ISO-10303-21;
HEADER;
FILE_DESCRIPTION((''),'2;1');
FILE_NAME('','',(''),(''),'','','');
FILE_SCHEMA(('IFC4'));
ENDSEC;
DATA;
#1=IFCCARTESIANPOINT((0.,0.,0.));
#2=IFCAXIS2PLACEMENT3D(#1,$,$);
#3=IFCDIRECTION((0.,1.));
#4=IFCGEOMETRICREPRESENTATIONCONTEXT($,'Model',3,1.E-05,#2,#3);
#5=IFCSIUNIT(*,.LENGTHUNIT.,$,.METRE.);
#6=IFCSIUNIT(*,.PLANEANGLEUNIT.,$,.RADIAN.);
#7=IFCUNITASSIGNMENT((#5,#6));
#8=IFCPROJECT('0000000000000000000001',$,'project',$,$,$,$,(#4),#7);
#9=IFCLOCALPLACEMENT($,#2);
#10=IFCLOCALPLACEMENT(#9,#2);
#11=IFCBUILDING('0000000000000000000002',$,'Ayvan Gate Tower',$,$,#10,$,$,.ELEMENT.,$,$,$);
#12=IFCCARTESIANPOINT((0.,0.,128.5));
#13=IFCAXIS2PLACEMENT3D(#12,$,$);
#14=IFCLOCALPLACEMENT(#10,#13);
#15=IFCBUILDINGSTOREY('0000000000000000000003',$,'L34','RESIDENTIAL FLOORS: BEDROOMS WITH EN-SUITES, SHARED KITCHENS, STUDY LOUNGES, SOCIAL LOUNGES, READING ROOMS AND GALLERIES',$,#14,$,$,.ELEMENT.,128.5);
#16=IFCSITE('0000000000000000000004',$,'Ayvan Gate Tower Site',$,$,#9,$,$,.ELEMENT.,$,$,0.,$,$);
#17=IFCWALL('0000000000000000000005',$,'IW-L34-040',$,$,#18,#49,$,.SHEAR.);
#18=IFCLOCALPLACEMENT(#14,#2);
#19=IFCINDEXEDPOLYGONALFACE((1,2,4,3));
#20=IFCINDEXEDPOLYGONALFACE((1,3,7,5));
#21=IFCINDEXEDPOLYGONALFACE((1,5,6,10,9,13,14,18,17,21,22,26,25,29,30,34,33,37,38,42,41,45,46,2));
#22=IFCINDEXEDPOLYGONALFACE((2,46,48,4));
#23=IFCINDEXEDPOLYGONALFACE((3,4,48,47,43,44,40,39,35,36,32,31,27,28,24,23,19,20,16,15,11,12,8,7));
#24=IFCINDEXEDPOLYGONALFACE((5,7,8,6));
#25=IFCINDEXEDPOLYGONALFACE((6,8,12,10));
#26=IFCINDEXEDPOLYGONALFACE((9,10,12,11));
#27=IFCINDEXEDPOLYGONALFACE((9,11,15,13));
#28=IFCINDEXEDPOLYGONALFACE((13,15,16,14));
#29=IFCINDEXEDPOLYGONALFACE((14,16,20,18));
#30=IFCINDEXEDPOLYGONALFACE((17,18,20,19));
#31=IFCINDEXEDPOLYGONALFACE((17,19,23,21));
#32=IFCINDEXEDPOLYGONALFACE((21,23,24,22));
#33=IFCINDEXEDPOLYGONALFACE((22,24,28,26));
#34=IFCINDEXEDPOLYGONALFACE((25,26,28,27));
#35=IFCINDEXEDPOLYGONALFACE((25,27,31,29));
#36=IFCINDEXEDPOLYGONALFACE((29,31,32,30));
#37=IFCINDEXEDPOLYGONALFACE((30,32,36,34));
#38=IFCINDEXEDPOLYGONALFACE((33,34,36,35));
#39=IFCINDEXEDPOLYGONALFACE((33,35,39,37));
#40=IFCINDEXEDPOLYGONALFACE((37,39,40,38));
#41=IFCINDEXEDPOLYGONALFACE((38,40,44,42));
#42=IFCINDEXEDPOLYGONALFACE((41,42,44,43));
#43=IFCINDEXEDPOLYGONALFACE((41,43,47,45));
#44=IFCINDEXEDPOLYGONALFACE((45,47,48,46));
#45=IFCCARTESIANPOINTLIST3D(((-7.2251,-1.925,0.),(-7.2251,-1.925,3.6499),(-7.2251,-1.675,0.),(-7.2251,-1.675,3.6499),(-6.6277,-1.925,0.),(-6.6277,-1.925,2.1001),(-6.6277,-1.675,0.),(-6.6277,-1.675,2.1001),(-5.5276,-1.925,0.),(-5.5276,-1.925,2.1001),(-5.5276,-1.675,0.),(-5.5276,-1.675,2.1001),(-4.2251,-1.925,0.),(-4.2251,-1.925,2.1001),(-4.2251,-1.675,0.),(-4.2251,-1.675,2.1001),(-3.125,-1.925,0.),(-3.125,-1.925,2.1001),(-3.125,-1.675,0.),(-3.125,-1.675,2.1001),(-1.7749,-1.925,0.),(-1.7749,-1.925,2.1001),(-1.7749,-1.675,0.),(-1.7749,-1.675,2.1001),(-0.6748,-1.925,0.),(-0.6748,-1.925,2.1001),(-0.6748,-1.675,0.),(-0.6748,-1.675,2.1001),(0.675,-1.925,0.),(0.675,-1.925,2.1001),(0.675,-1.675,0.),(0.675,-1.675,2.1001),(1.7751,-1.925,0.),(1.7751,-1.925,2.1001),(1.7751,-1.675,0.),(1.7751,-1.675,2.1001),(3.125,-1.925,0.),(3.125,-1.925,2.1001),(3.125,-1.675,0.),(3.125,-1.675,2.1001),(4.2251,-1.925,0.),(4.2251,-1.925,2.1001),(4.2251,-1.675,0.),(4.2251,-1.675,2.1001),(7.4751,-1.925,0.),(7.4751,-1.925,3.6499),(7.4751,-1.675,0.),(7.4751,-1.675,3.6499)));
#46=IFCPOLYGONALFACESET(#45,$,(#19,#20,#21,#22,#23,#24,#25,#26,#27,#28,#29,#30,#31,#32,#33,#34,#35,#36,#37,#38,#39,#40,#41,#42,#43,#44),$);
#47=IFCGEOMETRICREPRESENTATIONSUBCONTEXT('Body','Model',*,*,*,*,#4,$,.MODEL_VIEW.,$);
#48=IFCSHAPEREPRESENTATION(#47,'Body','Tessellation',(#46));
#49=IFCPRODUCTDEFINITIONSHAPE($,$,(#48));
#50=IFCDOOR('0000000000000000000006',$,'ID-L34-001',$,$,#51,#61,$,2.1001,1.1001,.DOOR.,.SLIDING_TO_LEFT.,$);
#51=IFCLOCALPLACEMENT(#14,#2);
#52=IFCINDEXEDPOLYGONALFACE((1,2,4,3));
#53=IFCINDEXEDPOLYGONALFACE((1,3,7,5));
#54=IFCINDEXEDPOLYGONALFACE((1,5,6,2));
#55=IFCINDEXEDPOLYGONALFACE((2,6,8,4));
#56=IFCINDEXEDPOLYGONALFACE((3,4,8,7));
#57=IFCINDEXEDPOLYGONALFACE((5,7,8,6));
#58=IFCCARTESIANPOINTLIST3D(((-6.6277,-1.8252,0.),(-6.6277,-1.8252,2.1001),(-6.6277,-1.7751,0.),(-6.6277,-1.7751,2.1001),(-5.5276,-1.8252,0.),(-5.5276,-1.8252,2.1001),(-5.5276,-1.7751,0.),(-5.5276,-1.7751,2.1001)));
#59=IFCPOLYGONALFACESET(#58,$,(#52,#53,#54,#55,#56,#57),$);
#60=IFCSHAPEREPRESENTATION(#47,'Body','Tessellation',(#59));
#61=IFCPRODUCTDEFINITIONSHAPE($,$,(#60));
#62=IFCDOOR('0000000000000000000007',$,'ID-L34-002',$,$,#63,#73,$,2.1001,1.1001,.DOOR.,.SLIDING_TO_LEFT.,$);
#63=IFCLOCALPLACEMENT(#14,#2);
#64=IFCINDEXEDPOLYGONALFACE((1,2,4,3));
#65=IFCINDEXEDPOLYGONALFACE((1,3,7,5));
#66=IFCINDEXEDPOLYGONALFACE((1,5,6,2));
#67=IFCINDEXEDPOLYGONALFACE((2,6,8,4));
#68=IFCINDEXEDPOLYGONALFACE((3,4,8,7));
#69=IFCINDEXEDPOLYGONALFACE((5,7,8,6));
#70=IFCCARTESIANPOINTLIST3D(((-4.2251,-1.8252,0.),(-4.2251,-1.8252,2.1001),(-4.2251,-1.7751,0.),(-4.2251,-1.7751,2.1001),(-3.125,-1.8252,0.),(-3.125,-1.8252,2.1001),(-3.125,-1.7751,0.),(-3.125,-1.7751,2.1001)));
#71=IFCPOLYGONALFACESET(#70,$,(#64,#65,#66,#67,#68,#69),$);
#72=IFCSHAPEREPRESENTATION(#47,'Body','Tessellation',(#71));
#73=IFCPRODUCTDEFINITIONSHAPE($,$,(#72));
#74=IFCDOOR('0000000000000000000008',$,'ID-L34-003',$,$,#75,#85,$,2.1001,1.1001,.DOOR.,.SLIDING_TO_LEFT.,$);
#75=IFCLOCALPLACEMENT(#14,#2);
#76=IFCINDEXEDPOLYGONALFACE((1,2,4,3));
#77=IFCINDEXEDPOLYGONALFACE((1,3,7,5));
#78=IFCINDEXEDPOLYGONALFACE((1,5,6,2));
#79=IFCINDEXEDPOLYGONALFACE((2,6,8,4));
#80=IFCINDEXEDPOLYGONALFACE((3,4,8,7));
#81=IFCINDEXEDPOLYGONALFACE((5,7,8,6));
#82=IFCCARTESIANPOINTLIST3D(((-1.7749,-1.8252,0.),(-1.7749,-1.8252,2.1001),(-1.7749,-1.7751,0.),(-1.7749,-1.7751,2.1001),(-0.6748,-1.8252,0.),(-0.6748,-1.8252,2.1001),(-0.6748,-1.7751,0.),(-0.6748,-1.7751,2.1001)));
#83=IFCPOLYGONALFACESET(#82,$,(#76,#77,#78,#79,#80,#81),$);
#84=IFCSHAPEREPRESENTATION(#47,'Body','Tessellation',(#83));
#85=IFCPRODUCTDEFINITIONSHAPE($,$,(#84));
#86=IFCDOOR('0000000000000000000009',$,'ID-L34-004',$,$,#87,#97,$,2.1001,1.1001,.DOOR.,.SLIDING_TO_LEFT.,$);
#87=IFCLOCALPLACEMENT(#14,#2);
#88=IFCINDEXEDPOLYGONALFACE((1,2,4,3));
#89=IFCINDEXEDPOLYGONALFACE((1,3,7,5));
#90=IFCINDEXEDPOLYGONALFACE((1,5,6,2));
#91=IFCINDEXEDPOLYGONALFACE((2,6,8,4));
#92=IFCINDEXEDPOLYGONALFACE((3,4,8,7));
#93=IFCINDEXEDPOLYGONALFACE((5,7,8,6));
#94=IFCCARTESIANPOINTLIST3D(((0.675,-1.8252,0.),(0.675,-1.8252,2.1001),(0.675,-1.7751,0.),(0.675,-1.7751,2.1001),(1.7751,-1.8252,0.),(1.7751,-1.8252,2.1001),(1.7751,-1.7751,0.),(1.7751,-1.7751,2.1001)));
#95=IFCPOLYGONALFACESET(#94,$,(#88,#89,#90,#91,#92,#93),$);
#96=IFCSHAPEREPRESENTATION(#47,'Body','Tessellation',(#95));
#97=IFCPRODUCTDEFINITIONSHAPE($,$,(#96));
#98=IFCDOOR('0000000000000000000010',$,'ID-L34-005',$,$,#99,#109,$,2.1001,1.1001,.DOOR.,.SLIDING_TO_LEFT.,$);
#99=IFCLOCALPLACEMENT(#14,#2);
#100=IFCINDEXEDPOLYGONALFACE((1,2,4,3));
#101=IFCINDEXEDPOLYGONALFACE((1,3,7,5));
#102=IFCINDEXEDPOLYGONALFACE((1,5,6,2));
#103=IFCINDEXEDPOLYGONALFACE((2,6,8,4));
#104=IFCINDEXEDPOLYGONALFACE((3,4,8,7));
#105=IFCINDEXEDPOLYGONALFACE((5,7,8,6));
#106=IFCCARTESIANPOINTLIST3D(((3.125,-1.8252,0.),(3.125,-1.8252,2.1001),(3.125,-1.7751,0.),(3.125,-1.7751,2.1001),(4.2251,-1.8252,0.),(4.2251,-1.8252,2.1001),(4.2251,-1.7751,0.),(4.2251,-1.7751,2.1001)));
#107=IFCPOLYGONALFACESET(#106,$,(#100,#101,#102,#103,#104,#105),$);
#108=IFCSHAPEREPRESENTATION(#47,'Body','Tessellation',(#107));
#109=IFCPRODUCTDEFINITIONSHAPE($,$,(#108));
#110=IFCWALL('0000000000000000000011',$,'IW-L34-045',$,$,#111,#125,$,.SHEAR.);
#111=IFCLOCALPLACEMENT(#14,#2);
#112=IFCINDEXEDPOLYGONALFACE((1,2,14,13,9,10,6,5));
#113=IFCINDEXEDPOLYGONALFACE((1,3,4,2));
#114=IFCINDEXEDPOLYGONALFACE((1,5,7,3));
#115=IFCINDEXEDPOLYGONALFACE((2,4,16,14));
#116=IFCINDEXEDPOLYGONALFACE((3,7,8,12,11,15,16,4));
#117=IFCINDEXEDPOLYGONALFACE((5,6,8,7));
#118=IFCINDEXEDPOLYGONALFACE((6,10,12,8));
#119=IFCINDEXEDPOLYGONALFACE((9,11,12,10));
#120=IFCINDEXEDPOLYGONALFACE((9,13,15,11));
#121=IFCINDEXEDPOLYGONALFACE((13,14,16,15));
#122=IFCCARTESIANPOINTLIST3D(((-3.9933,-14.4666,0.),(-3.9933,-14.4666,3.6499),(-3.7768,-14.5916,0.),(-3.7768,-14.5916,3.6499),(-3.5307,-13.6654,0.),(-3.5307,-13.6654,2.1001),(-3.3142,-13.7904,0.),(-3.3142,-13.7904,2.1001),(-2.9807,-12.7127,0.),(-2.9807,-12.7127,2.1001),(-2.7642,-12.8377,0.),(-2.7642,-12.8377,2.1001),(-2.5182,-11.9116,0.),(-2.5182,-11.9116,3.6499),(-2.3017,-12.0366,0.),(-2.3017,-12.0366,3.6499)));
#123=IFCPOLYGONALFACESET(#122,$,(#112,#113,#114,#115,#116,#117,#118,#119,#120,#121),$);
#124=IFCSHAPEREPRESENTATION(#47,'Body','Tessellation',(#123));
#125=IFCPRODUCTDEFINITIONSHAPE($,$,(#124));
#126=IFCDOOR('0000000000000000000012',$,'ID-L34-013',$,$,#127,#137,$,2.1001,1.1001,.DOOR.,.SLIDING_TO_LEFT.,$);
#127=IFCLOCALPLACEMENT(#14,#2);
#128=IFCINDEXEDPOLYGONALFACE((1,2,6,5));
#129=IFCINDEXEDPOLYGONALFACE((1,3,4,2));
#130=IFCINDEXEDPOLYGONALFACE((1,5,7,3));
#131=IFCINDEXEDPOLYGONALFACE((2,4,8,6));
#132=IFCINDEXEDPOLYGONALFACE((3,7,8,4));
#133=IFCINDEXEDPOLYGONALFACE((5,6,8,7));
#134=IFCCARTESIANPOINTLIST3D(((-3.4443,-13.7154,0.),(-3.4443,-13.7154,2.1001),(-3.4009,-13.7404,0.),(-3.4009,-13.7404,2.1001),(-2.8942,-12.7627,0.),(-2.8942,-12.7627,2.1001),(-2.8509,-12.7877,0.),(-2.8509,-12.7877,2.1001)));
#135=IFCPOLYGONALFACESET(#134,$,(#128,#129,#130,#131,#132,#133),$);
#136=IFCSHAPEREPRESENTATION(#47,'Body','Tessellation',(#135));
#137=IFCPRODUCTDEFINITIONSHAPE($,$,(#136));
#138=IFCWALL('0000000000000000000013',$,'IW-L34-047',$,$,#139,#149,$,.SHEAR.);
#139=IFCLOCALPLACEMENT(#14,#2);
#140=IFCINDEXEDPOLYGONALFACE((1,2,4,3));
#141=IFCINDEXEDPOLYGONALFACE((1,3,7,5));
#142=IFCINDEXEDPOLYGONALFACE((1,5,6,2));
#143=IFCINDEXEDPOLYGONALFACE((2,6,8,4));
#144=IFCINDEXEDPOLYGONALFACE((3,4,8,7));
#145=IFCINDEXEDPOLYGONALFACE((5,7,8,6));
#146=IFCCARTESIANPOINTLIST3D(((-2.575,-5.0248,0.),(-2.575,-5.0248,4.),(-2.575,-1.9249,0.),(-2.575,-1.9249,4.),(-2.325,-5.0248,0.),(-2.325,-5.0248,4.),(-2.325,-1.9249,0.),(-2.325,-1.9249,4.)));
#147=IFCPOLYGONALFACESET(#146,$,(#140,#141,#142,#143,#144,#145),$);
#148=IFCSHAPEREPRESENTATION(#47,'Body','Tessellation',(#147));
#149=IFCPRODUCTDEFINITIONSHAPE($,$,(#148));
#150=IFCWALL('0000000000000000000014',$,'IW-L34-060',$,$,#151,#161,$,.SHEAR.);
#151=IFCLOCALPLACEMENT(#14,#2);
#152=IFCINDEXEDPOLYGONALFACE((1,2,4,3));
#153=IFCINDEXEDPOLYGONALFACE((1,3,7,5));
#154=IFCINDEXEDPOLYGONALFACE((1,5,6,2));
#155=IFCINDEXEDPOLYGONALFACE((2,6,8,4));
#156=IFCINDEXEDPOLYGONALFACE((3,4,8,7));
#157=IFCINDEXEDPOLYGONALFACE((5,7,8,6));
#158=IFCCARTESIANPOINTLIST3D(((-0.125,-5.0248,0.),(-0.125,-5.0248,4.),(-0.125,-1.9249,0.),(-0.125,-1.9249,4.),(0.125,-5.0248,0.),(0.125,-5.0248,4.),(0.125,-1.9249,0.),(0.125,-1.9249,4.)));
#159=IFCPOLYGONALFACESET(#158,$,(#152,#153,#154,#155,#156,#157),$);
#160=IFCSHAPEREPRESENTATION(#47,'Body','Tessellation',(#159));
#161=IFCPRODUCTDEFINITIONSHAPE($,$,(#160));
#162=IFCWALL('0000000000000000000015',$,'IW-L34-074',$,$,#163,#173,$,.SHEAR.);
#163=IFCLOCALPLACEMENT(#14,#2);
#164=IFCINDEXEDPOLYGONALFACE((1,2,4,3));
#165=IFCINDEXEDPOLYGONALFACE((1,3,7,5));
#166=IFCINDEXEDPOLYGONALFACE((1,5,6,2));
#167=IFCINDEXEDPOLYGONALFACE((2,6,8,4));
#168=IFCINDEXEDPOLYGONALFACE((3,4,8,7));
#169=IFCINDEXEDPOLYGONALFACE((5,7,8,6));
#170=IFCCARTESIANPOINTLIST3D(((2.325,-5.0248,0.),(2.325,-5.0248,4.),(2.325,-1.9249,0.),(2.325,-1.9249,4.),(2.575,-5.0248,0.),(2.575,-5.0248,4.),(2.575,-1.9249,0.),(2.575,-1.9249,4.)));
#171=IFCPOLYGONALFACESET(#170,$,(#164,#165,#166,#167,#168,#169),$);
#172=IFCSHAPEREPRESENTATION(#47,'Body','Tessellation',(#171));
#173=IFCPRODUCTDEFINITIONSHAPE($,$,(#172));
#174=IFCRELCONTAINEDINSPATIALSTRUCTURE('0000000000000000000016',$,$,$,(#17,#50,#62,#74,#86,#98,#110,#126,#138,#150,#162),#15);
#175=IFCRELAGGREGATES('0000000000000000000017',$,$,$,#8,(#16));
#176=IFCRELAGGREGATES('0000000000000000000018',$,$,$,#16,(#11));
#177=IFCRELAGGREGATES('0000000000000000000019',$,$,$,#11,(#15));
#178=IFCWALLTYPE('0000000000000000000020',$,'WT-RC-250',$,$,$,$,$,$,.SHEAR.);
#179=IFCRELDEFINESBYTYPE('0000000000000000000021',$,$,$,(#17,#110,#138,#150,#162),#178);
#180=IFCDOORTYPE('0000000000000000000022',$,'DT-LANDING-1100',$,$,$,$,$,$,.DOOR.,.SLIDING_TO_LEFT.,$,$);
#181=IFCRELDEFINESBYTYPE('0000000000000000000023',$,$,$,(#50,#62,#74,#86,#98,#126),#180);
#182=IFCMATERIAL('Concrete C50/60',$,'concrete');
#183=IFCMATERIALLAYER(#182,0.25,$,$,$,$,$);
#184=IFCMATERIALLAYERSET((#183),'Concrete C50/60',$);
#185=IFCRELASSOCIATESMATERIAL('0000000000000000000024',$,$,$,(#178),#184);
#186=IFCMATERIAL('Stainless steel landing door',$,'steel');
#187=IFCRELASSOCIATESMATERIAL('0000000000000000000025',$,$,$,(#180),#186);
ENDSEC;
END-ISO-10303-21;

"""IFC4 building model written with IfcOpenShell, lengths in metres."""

from ifc_helpers import new_model, si_unit, direction, frame, frame_2d, origin, place, context, subcontext, project, spatial, rectangle, extrude, material, layer, layer_set, type_object, element, fill, save


model = new_model("IFC4")

# Units and contexts
model_context = context("Model", 3, precision=1e-05, world=origin(), true_north=direction((0.0, 1.0)))
body_context = subcontext(model_context, "Body", "Model", "MODEL_VIEW")
ifc_project = project(units=[si_unit("LENGTHUNIT", "METRE"), si_unit("PLANEANGLEUNIT", "RADIAN")], contexts=[model_context])

# Site, building, storey
site_placement = place(None, origin())
site = spatial("IfcSite", under=ifc_project, at=site_placement, Name="Ayvan Gate Tower Site", CompositionType="ELEMENT", RefElevation=0.0)
building_placement = place(site_placement, origin())
building = spatial("IfcBuilding", under=site, at=building_placement, Name="Ayvan Gate Tower", CompositionType="ELEMENT")
storey_placement = place(building_placement, frame((0.0, 0.0, 128.5)))
storey = spatial("IfcBuildingStorey", under=building, at=storey_placement, Name="L34", Description="RESIDENTIAL FLOORS: BEDROOMS WITH EN-SUITES, SHARED KITCHENS, STUDY LOUNGES, SOCIAL LOUNGES, READING ROOMS AND GALLERIES", CompositionType="ELEMENT", Elevation=128.5)

# Shared definitions
ifc_material_1 = material(Name="Concrete C50/60", Category="concrete")
ifc_layer_1 = layer(ifc_material_1, 0.25)
ifc_layer_set_1 = layer_set([ifc_layer_1], Name="Concrete C50/60")
wall_type_1 = type_object("IfcWallType", Name="WT-RC-250", PredefinedType="SHEAR", material=ifc_layer_set_1)

# Wall, openings, doors
wall_1_placement = place(storey_placement, frame((-7.2251, -1.8, 0.0), z_axis=(0.0, 0.0, 1.0), x_axis=(1.0, 0.0, 0.0)))
wall_1 = element("IfcWall", 1, at=wall_1_placement, inside=storey, type_object=wall_type_1, Name="IW-L34-040", PredefinedType="SHEAR", context=body_context, shape_type="SweptSolid", body=[
    extrude(rectangle(XDim=14.7002, YDim=0.25, at=frame_2d((7.3501, 0.0))), origin(), (0.0, 0.0, 1.0), 3.6499),
])
opening_1_placement = place(wall_1_placement, frame((0.5974, 0.0, 0.0)))
opening_1 = element("IfcOpeningElement", 2, at=opening_1_placement, cuts=wall_1, PredefinedType="OPENING", context=body_context, shape_type="SweptSolid", body=[
    extrude(rectangle(XDim=1.1001, YDim=2.1001, at=frame_2d((0.55, 1.05))), frame((0.0, 0.135, 0.0), z_axis=(0.0, -1.0, 0.0), x_axis=(1.0, 0.0, 0.0)), (0.0, 0.0, 1.0), 0.27),
])
opening_2_placement = place(wall_1_placement, frame((3.0, 0.0, 0.0)))
opening_2 = element("IfcOpeningElement", 3, at=opening_2_placement, cuts=wall_1, PredefinedType="OPENING", context=body_context, shape_type="SweptSolid", body=[
    extrude(rectangle(XDim=1.1001, YDim=2.1001, at=frame_2d((0.55, 1.05))), frame((0.0, 0.135, 0.0), z_axis=(0.0, -1.0, 0.0), x_axis=(1.0, 0.0, 0.0)), (0.0, 0.0, 1.0), 0.27),
])
opening_3_placement = place(wall_1_placement, frame((5.4502, 0.0, 0.0)))
opening_3 = element("IfcOpeningElement", 4, at=opening_3_placement, cuts=wall_1, PredefinedType="OPENING", context=body_context, shape_type="SweptSolid", body=[
    extrude(rectangle(XDim=1.1001, YDim=2.1001, at=frame_2d((0.55, 1.05))), frame((0.0, 0.135, 0.0), z_axis=(0.0, -1.0, 0.0), x_axis=(1.0, 0.0, 0.0)), (0.0, 0.0, 1.0), 0.27),
])
opening_4_placement = place(wall_1_placement, frame((7.9001, 0.0, 0.0)))
opening_4 = element("IfcOpeningElement", 5, at=opening_4_placement, cuts=wall_1, PredefinedType="OPENING", context=body_context, shape_type="SweptSolid", body=[
    extrude(rectangle(XDim=1.1001, YDim=2.1001, at=frame_2d((0.55, 1.05))), frame((0.0, 0.135, 0.0), z_axis=(0.0, -1.0, 0.0), x_axis=(1.0, 0.0, 0.0)), (0.0, 0.0, 1.0), 0.27),
])
opening_5_placement = place(wall_1_placement, frame((10.3501, 0.0, 0.0)))
opening_5 = element("IfcOpeningElement", 6, at=opening_5_placement, cuts=wall_1, PredefinedType="OPENING", context=body_context, shape_type="SweptSolid", body=[
    extrude(rectangle(XDim=1.1001, YDim=2.1001, at=frame_2d((0.55, 1.05))), frame((0.0, 0.135, 0.0), z_axis=(0.0, -1.0, 0.0), x_axis=(1.0, 0.0, 0.0)), (0.0, 0.0, 1.0), 0.27),
])
ifc_material_2 = material(Name="Stainless steel landing door", Category="steel")
door_type_1 = type_object("IfcDoorType", Name="DT-LANDING-1100", OperationType="SLIDING_TO_LEFT", PredefinedType="DOOR", material=ifc_material_2)
door_1_placement = place(opening_1_placement, origin())
door_1 = element("IfcDoor", 7, at=door_1_placement, inside=storey, type_object=door_type_1, Name="ID-L34-001", OperationType="SLIDING_TO_LEFT", OverallHeight=2.1001, OverallWidth=1.1001, PredefinedType="DOOR", context=body_context, shape_type="SweptSolid", body=[
    extrude(rectangle(XDim=1.1001, YDim=2.1001, at=frame_2d((0.55, 1.05))), frame((0.0, 0.0249, 0.0), z_axis=(0.0, -1.0, 0.0), x_axis=(1.0, 0.0, 0.0)), (0.0, 0.0, 1.0), 0.05),
])
fill(opening_1, door_1)
door_2_placement = place(opening_2_placement, origin())
door_2 = element("IfcDoor", 8, at=door_2_placement, inside=storey, type_object=door_type_1, Name="ID-L34-002", OperationType="SLIDING_TO_LEFT", OverallHeight=2.1001, OverallWidth=1.1001, PredefinedType="DOOR", context=body_context, shape_type="SweptSolid", body=[
    extrude(rectangle(XDim=1.1001, YDim=2.1001, at=frame_2d((0.55, 1.05))), frame((0.0, 0.0249, 0.0), z_axis=(0.0, -1.0, 0.0), x_axis=(1.0, 0.0, 0.0)), (0.0, 0.0, 1.0), 0.05),
])
fill(opening_2, door_2)
door_3_placement = place(opening_3_placement, origin())
door_3 = element("IfcDoor", 9, at=door_3_placement, inside=storey, type_object=door_type_1, Name="ID-L34-003", OperationType="SLIDING_TO_LEFT", OverallHeight=2.1001, OverallWidth=1.1001, PredefinedType="DOOR", context=body_context, shape_type="SweptSolid", body=[
    extrude(rectangle(XDim=1.1001, YDim=2.1001, at=frame_2d((0.55, 1.05))), frame((0.0, 0.0249, 0.0), z_axis=(0.0, -1.0, 0.0), x_axis=(1.0, 0.0, 0.0)), (0.0, 0.0, 1.0), 0.05),
])
fill(opening_3, door_3)
door_4_placement = place(opening_4_placement, origin())
door_4 = element("IfcDoor", 10, at=door_4_placement, inside=storey, type_object=door_type_1, Name="ID-L34-004", OperationType="SLIDING_TO_LEFT", OverallHeight=2.1001, OverallWidth=1.1001, PredefinedType="DOOR", context=body_context, shape_type="SweptSolid", body=[
    extrude(rectangle(XDim=1.1001, YDim=2.1001, at=frame_2d((0.55, 1.05))), frame((0.0, 0.0249, 0.0), z_axis=(0.0, -1.0, 0.0), x_axis=(1.0, 0.0, 0.0)), (0.0, 0.0, 1.0), 0.05),
])
fill(opening_4, door_4)
door_5_placement = place(opening_5_placement, origin())
door_5 = element("IfcDoor", 11, at=door_5_placement, inside=storey, type_object=door_type_1, Name="ID-L34-005", OperationType="SLIDING_TO_LEFT", OverallHeight=2.1001, OverallWidth=1.1001, PredefinedType="DOOR", context=body_context, shape_type="SweptSolid", body=[
    extrude(rectangle(XDim=1.1001, YDim=2.1001, at=frame_2d((0.55, 1.05))), frame((0.0, 0.0249, 0.0), z_axis=(0.0, -1.0, 0.0), x_axis=(1.0, 0.0, 0.0)), (0.0, 0.0, 1.0), 0.05),
])
fill(opening_5, door_5)

# Wall, opening, door
wall_2_placement = place(storey_placement, frame((-2.4099, -11.9741, 0.0), z_axis=(0.0, 0.0, 1.0), x_axis=(-0.500002, -0.866024, 0.0)))
wall_2 = element("IfcWall", 12, at=wall_2_placement, inside=storey, type_object=wall_type_1, Name="IW-L34-045", PredefinedType="SHEAR", context=body_context, shape_type="SweptSolid", body=[
    extrude(rectangle(XDim=2.9502, YDim=0.25, at=frame_2d((1.4751, 0.0))), origin(), (0.0, 0.0, 1.0), 3.6499),
])
opening_6_placement = place(wall_2_placement, frame((0.925, 0.0, 0.0)))
opening_6 = element("IfcOpeningElement", 13, at=opening_6_placement, cuts=wall_2, PredefinedType="OPENING", context=body_context, shape_type="SweptSolid", body=[
    extrude(rectangle(XDim=1.1001, YDim=2.1001, at=frame_2d((0.55, 1.05))), frame((0.0, 0.135, 0.0), z_axis=(0.0, -1.0, 0.0), x_axis=(1.0, 0.0, 0.0)), (0.0, 0.0, 1.0), 0.27),
])
door_6_placement = place(opening_6_placement, origin())
door_6 = element("IfcDoor", 14, at=door_6_placement, inside=storey, type_object=door_type_1, Name="ID-L34-013", OperationType="SLIDING_TO_LEFT", OverallHeight=2.1001, OverallWidth=1.1001, PredefinedType="DOOR", context=body_context, shape_type="SweptSolid", body=[
    extrude(rectangle(XDim=1.1001, YDim=2.1001, at=frame_2d((0.55, 1.05))), frame((0.0, 0.0249, 0.0), z_axis=(0.0, -1.0, 0.0), x_axis=(1.0, 0.0, 0.0)), (0.0, 0.0, 1.0), 0.05),
])
fill(opening_6, door_6)

# Walls
for number, where, z_axis, x_axis, name in (
    (15, (-2.45, -1.925, 0.0), (0.0, 0.0, 1.0), (0.0, -1.0, 0.0), "IW-L34-047"),
    (16, (0.0, -1.925, 0.0), (0.0, 0.0, 1.0), (0.0, -1.0, 0.0), "IW-L34-060"),
    (17, (2.45, -1.925, 0.0), (0.0, 0.0, 1.0), (0.0, -1.0, 0.0), "IW-L34-074"),
):
    element("IfcWall", number, at=place(storey_placement, frame(where, z_axis=z_axis, x_axis=x_axis)), inside=storey, type_object=wall_type_1, Name=name, PredefinedType="SHEAR", context=body_context, shape_type="SweptSolid", body=[
        extrude(rectangle(XDim=3.0999, YDim=0.25, at=frame_2d((1.5498, 0.0))), origin(), (0.0, 0.0, 1.0), 4.0),
    ])

save(model, "model.ifc")
